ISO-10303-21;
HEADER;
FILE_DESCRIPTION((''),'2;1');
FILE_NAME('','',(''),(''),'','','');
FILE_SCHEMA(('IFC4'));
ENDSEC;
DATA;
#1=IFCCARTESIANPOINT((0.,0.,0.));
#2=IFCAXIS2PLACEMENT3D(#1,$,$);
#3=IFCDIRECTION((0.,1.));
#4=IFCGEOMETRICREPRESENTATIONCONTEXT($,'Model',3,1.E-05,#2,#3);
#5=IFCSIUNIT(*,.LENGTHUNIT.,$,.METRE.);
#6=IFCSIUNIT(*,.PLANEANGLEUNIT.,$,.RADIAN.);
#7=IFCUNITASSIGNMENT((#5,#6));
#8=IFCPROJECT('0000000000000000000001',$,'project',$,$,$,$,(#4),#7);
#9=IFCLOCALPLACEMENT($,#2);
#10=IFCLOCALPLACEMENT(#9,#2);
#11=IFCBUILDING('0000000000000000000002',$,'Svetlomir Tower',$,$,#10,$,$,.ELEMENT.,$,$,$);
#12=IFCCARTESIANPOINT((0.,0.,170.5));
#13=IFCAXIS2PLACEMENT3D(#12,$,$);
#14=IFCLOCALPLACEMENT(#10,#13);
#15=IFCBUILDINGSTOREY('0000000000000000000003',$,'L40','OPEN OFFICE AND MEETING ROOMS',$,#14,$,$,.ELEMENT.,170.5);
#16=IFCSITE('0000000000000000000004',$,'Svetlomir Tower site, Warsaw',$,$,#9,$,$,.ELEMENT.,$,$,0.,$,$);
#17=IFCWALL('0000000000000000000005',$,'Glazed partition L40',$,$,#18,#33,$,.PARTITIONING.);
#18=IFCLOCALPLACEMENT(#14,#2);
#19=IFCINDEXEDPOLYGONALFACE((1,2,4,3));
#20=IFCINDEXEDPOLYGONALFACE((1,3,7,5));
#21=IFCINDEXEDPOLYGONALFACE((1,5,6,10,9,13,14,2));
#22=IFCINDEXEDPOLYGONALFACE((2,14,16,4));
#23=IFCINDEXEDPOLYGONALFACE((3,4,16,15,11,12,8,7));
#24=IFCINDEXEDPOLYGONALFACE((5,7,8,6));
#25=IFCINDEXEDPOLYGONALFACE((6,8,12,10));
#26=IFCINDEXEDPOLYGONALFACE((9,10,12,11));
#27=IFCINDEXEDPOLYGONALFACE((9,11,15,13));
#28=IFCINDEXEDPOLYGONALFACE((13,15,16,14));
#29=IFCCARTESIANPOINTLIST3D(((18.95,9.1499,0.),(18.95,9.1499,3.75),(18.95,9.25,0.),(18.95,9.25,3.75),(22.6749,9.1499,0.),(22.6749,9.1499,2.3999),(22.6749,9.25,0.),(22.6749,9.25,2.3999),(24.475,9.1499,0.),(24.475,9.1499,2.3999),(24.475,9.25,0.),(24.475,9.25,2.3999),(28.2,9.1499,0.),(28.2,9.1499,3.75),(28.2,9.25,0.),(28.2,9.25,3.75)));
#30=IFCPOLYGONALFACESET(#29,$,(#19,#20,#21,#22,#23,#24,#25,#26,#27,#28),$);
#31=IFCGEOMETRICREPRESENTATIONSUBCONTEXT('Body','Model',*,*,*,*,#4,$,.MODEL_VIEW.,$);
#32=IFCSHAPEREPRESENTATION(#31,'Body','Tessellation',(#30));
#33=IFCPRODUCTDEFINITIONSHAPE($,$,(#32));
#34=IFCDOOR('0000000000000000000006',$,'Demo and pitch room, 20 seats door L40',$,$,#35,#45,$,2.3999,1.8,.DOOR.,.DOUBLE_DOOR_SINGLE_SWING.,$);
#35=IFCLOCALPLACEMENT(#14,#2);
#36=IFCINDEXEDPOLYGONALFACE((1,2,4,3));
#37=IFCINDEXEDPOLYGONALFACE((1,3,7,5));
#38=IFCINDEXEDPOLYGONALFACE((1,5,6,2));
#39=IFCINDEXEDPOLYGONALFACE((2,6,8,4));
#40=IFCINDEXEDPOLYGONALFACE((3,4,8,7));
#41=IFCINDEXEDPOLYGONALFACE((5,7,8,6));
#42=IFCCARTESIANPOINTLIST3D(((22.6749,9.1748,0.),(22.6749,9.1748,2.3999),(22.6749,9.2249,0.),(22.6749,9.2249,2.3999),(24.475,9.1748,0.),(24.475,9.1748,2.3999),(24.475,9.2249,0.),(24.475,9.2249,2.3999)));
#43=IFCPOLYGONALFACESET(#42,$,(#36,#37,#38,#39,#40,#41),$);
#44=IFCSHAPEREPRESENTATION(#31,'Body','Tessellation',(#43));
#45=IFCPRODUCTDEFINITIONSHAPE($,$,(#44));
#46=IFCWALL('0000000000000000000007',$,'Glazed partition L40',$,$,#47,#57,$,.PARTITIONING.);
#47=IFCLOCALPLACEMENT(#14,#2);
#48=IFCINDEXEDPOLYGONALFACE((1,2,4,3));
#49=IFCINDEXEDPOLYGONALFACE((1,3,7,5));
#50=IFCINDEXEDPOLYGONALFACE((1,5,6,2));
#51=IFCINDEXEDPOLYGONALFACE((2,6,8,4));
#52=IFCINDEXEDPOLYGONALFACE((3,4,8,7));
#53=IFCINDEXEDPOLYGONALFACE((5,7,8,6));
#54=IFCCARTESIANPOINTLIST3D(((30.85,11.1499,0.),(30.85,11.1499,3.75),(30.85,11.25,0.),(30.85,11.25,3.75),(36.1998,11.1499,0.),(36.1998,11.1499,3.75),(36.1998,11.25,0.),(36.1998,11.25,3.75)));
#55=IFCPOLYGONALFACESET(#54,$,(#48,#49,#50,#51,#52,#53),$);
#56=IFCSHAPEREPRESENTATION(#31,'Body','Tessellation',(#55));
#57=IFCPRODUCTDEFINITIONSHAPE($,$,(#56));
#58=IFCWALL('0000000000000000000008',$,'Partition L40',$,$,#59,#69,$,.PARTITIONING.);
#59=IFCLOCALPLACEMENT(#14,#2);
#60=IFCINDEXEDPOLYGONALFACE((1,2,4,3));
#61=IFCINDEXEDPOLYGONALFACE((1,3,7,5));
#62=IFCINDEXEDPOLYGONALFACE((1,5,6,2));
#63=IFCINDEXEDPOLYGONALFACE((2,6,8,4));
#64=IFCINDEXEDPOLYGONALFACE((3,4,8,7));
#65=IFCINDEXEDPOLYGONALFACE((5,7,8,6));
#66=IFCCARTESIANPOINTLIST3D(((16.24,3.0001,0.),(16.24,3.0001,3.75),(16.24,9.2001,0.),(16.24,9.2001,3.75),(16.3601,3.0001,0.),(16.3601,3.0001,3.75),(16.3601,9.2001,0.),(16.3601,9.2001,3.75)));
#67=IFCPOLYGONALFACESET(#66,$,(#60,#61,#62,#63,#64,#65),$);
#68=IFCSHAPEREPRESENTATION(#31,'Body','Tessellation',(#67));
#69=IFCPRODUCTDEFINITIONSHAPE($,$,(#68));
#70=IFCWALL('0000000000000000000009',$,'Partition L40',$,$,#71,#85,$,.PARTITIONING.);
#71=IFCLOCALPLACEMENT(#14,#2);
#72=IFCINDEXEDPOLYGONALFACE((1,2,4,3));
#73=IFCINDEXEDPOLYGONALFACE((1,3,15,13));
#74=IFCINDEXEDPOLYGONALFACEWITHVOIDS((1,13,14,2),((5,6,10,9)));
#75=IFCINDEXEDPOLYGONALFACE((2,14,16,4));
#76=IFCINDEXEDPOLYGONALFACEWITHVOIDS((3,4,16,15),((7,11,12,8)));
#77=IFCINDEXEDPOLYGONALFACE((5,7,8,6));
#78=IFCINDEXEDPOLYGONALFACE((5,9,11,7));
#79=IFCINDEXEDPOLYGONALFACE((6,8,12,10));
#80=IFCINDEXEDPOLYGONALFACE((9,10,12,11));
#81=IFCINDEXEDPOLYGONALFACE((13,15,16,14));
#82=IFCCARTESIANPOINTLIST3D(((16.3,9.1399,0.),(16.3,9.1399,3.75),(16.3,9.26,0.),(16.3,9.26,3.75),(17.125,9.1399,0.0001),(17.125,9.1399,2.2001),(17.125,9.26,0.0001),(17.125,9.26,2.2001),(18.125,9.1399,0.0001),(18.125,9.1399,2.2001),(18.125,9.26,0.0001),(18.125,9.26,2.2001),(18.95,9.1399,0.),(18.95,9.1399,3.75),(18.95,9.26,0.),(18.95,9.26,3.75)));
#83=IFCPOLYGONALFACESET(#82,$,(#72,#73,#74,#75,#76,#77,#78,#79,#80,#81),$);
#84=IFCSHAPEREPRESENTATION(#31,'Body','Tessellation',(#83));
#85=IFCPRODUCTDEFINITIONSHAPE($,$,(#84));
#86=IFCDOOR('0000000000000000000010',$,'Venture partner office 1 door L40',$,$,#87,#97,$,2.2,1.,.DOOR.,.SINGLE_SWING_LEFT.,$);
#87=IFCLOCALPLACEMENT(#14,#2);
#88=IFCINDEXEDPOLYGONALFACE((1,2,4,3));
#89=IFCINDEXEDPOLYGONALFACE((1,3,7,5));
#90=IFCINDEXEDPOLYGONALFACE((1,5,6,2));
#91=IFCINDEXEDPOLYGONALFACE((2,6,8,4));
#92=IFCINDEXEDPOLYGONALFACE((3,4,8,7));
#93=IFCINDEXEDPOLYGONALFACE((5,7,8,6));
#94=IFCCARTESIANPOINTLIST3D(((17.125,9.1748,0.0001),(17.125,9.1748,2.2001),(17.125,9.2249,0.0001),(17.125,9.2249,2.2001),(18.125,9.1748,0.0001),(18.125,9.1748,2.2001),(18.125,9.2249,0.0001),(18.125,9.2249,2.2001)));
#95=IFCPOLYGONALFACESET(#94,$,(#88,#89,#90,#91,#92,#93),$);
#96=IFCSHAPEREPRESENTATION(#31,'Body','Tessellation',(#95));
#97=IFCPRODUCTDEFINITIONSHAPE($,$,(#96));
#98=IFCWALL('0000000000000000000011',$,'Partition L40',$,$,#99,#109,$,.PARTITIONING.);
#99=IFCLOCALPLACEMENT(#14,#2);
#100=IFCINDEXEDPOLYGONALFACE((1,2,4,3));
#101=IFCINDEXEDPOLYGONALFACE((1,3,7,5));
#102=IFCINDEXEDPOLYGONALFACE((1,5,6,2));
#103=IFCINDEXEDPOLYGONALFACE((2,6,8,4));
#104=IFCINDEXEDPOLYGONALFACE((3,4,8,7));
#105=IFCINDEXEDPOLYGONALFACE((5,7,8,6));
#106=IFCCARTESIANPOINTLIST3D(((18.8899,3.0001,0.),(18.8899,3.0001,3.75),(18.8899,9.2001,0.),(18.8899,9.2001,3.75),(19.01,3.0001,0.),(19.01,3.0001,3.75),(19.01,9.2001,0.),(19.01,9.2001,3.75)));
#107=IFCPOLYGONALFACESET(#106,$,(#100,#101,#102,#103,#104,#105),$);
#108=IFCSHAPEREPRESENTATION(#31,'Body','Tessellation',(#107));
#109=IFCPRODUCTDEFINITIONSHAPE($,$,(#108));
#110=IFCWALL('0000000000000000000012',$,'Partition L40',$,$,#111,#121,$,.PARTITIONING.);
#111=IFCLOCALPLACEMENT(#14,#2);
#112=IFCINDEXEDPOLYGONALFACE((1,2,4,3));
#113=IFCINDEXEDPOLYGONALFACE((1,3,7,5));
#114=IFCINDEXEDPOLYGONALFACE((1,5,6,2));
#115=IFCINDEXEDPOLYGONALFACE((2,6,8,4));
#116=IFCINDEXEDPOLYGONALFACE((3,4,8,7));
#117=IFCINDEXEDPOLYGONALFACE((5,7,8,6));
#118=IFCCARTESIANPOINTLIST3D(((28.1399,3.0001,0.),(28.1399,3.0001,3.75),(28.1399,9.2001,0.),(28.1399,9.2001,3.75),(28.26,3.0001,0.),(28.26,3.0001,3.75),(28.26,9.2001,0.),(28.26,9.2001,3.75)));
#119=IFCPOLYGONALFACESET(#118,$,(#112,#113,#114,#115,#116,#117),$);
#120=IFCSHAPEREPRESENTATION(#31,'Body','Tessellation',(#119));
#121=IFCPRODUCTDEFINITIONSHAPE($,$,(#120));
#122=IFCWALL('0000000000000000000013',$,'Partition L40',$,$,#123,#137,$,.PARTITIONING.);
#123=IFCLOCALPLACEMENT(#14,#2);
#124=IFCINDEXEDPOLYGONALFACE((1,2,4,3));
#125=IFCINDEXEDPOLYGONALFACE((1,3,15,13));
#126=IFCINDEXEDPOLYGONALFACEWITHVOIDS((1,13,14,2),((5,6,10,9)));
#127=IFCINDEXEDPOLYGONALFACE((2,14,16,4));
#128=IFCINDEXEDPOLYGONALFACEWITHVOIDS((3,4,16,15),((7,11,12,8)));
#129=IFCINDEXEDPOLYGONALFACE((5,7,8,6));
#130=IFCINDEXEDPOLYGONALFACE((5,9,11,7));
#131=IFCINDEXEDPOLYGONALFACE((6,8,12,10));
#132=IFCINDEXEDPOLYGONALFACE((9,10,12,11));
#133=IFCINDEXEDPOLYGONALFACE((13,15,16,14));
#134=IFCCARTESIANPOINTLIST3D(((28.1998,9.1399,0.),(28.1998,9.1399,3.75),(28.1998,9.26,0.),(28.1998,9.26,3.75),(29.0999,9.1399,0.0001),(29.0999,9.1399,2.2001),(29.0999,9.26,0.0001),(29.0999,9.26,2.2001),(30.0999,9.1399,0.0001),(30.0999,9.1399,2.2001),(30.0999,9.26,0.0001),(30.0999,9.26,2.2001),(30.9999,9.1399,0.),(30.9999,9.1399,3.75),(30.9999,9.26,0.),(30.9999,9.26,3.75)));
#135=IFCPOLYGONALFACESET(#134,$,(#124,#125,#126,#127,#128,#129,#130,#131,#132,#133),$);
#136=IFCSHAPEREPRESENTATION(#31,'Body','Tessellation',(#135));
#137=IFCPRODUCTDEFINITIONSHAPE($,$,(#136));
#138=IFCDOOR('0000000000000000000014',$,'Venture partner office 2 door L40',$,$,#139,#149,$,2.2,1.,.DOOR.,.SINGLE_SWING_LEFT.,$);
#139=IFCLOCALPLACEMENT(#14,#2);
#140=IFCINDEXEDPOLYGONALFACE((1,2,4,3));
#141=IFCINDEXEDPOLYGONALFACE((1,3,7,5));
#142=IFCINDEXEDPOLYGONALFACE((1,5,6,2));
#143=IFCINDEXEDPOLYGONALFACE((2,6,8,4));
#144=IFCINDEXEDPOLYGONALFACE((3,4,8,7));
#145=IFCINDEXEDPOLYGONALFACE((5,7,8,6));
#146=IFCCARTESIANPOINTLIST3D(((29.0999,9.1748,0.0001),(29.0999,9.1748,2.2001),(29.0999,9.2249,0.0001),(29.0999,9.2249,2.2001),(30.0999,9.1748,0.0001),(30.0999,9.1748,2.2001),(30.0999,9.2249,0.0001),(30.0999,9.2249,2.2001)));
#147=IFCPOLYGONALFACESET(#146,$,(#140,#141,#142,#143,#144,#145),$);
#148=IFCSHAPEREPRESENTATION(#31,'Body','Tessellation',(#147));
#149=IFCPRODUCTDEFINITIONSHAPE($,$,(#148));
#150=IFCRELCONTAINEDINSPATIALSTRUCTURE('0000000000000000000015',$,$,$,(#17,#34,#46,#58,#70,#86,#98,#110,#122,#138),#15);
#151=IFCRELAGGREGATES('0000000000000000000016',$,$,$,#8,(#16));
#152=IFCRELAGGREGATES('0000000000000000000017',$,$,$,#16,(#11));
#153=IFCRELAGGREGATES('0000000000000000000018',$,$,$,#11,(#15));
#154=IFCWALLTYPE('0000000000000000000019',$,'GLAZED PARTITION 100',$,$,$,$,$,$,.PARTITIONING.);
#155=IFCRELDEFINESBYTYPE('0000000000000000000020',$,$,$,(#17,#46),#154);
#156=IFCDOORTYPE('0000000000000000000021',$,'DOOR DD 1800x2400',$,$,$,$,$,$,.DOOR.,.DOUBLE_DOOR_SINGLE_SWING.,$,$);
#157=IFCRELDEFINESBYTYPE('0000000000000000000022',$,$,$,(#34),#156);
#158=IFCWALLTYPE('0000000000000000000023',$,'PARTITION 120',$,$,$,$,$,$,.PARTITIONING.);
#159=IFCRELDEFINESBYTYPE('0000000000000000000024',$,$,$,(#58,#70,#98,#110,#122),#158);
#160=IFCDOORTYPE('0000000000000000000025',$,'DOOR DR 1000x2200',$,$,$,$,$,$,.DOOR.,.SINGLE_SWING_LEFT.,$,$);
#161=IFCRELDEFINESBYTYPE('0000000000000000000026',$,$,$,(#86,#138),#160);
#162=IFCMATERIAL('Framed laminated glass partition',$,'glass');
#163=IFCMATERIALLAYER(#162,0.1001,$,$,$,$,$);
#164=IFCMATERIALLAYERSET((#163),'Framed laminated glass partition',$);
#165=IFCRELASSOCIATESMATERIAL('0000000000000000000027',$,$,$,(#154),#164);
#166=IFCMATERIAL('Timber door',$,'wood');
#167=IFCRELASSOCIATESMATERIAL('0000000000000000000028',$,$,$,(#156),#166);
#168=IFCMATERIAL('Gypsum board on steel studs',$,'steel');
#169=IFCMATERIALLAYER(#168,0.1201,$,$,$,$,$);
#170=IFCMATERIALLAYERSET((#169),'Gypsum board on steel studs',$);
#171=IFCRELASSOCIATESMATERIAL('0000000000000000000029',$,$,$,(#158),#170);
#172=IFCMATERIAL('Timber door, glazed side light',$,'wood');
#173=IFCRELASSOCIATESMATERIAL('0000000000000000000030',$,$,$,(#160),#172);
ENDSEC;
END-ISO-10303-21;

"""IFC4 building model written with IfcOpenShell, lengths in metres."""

from ifc_helpers import new_model, si_unit, direction, frame, frame_2d, origin, place, context, subcontext, project, spatial, rectangle, extrude, material, layer, layer_set, type_object, element, fill, save


model = new_model("IFC4")

# Units and contexts
model_context = context("Model", 3, precision=1e-05, world=origin(), true_north=direction((0.0, 1.0)))
body_context = subcontext(model_context, "Body", "Model", "MODEL_VIEW")
ifc_project = project(units=[si_unit("LENGTHUNIT", "METRE"), si_unit("PLANEANGLEUNIT", "RADIAN")], contexts=[model_context])

# Site, building, storey
site_placement = place(None, origin())
site = spatial("IfcSite", under=ifc_project, at=site_placement, Name="Svetlomir Tower site, Warsaw", CompositionType="ELEMENT", RefElevation=0.0)
building_placement = place(site_placement, origin())
building = spatial("IfcBuilding", under=site, at=building_placement, Name="Svetlomir Tower", CompositionType="ELEMENT")
storey_placement = place(building_placement, frame((0.0, 0.0, 170.5)))
storey = spatial("IfcBuildingStorey", under=building, at=storey_placement, Name="L40", Description="OPEN OFFICE AND MEETING ROOMS", CompositionType="ELEMENT", Elevation=170.5)

# Wall, opening, door
ifc_material_1 = material(Name="Framed laminated glass partition", Category="glass")
ifc_layer_1 = layer(ifc_material_1, 0.1001)
ifc_layer_set_1 = layer_set([ifc_layer_1], Name="Framed laminated glass partition")
wall_type_1 = type_object("IfcWallType", Name="GLAZED PARTITION 100", PredefinedType="PARTITIONING", material=ifc_layer_set_1)
wall_1_placement = place(storey_placement, frame((18.95, 9.2, 0.0), z_axis=(0.0, 0.0, 1.0), x_axis=(1.0, 0.0, 0.0)))
wall_1 = element("IfcWall", 1, at=wall_1_placement, inside=storey, type_object=wall_type_1, Name="Glazed partition L40", PredefinedType="PARTITIONING", context=body_context, shape_type="SweptSolid", body=[
    extrude(rectangle(XDim=9.25, YDim=0.1001, at=frame_2d((4.625, 0.0))), origin(), (0.0, 0.0, 1.0), 3.75),
])
opening_1_placement = place(wall_1_placement, frame((3.7251, 0.0, 0.0)))
opening_1 = element("IfcOpeningElement", 2, at=opening_1_placement, cuts=wall_1, PredefinedType="OPENING", context=body_context, shape_type="SweptSolid", body=[
    extrude(rectangle(XDim=1.8, YDim=2.3999, at=frame_2d((0.8999, 1.2))), frame((0.0, 0.0601, 0.0), z_axis=(0.0, -1.0, 0.0), x_axis=(1.0, 0.0, 0.0)), (0.0, 0.0, 1.0), 0.1201),
])
ifc_material_2 = material(Name="Timber door", Category="wood")
door_type_1 = type_object("IfcDoorType", Name="DOOR DD 1800x2400", OperationType="DOUBLE_DOOR_SINGLE_SWING", PredefinedType="DOOR", material=ifc_material_2)
door_1_placement = place(opening_1_placement, origin())
door_1 = element("IfcDoor", 3, at=door_1_placement, inside=storey, type_object=door_type_1, Name="Demo and pitch room, 20 seats door L40", OperationType="DOUBLE_DOOR_SINGLE_SWING", OverallHeight=2.3999, OverallWidth=1.8, PredefinedType="DOOR", context=body_context, shape_type="SweptSolid", body=[
    extrude(rectangle(XDim=1.8, YDim=2.3999, at=frame_2d((0.8999, 1.2))), frame((0.0, 0.0249, 0.0), z_axis=(0.0, -1.0, 0.0), x_axis=(1.0, 0.0, 0.0)), (0.0, 0.0, 1.0), 0.05),
])
fill(opening_1, door_1)

# Walls
wall_2_placement = place(storey_placement, frame((30.8501, 11.2, 0.0), z_axis=(0.0, 0.0, 1.0), x_axis=(1.0, 0.0, 0.0)))
element("IfcWall", 4, at=wall_2_placement, inside=storey, type_object=wall_type_1, Name="Glazed partition L40", PredefinedType="PARTITIONING", context=body_context, shape_type="SweptSolid", body=[
    extrude(rectangle(XDim=5.3499, YDim=0.1001, at=frame_2d((2.6748, 0.0))), origin(), (0.0, 0.0, 1.0), 3.75),
])
ifc_material_3 = material(Name="Gypsum board on steel studs", Category="steel")
ifc_layer_2 = layer(ifc_material_3, 0.1201)
ifc_layer_set_2 = layer_set([ifc_layer_2], Name="Gypsum board on steel studs")
wall_type_2 = type_object("IfcWallType", Name="PARTITION 120", PredefinedType="PARTITIONING", material=ifc_layer_set_2)
wall_3_placement = place(storey_placement, frame((16.3, 3.0, 0.0), z_axis=(0.0, 0.0, 1.0), x_axis=(0.0, 1.0, 0.0)))
element("IfcWall", 5, at=wall_3_placement, inside=storey, type_object=wall_type_2, Name="Partition L40", PredefinedType="PARTITIONING", context=body_context, shape_type="SweptSolid", body=[
    extrude(rectangle(XDim=6.2, YDim=0.1201, at=frame_2d((3.1001, 0.0))), origin(), (0.0, 0.0, 1.0), 3.75),
])

# Wall, opening, door
wall_4_placement = place(storey_placement, frame((16.3, 9.2, 0.0), z_axis=(0.0, 0.0, 1.0), x_axis=(1.0, 0.0, 0.0)))
wall_4 = element("IfcWall", 6, at=wall_4_placement, inside=storey, type_object=wall_type_2, Name="Partition L40", PredefinedType="PARTITIONING", context=body_context, shape_type="SweptSolid", body=[
    extrude(rectangle(XDim=2.6499, YDim=0.1201, at=frame_2d((1.325, 0.0))), origin(), (0.0, 0.0, 1.0), 3.75),
])
opening_2_placement = place(wall_4_placement, frame((0.825, 0.0, 0.0)))
opening_2 = element("IfcOpeningElement", 7, at=opening_2_placement, cuts=wall_4, PredefinedType="OPENING", context=body_context, shape_type="SweptSolid", body=[
    extrude(rectangle(XDim=1.0, YDim=2.2, at=frame_2d((0.5, 1.1001))), frame((0.0, 0.0701, 0.0), z_axis=(0.0, -1.0, 0.0), x_axis=(1.0, 0.0, 0.0)), (0.0, 0.0, 1.0), 0.1401),
])
ifc_material_4 = material(Name="Timber door, glazed side light", Category="wood")
door_type_2 = type_object("IfcDoorType", Name="DOOR DR 1000x2200", OperationType="SINGLE_SWING_LEFT", PredefinedType="DOOR", material=ifc_material_4)
door_2_placement = place(opening_2_placement, origin())
door_2 = element("IfcDoor", 8, at=door_2_placement, inside=storey, type_object=door_type_2, Name="Venture partner office 1 door L40", OperationType="SINGLE_SWING_LEFT", OverallHeight=2.2, OverallWidth=1.0, PredefinedType="DOOR", context=body_context, shape_type="SweptSolid", body=[
    extrude(rectangle(XDim=1.0, YDim=2.2, at=frame_2d((0.5, 1.1001))), frame((0.0, 0.0249, 0.0), z_axis=(0.0, -1.0, 0.0), x_axis=(1.0, 0.0, 0.0)), (0.0, 0.0, 1.0), 0.05),
])
fill(opening_2, door_2)

# Walls
for number, where, z_axis, x_axis, name in (
    (9, (18.95, 3.0, 0.0), (0.0, 0.0, 1.0), (0.0, 1.0, 0.0), "Partition L40"),
    (10, (28.2, 3.0, 0.0), (0.0, 0.0, 1.0), (0.0, 1.0, 0.0), "Partition L40"),
):
    element("IfcWall", number, at=place(storey_placement, frame(where, z_axis=z_axis, x_axis=x_axis)), inside=storey, type_object=wall_type_2, Name=name, PredefinedType="PARTITIONING", context=body_context, shape_type="SweptSolid", body=[
        extrude(rectangle(XDim=6.2, YDim=0.1201, at=frame_2d((3.1001, 0.0))), origin(), (0.0, 0.0, 1.0), 3.75),
    ])

# Wall, opening, door
wall_5_placement = place(storey_placement, frame((28.2, 9.2, 0.0), z_axis=(0.0, 0.0, 1.0), x_axis=(1.0, 0.0, 0.0)))
wall_5 = element("IfcWall", 11, at=wall_5_placement, inside=storey, type_object=wall_type_2, Name="Partition L40", PredefinedType="PARTITIONING", context=body_context, shape_type="SweptSolid", body=[
    extrude(rectangle(XDim=2.8, YDim=0.1201, at=frame_2d((1.3999, 0.0))), origin(), (0.0, 0.0, 1.0), 3.75),
])
opening_3_placement = place(wall_5_placement, frame((0.8999, 0.0, 0.0)))
opening_3 = element("IfcOpeningElement", 12, at=opening_3_placement, cuts=wall_5, PredefinedType="OPENING", context=body_context, shape_type="SweptSolid", body=[
    extrude(rectangle(XDim=1.0, YDim=2.2, at=frame_2d((0.5, 1.1001))), frame((0.0, 0.0701, 0.0), z_axis=(0.0, -1.0, 0.0), x_axis=(1.0, 0.0, 0.0)), (0.0, 0.0, 1.0), 0.1401),
])
door_3_placement = place(opening_3_placement, origin())
door_3 = element("IfcDoor", 13, at=door_3_placement, inside=storey, type_object=door_type_2, Name="Venture partner office 2 door L40", OperationType="SINGLE_SWING_LEFT", OverallHeight=2.2, OverallWidth=1.0, PredefinedType="DOOR", context=body_context, shape_type="SweptSolid", body=[
    extrude(rectangle(XDim=1.0, YDim=2.2, at=frame_2d((0.5, 1.1001))), frame((0.0, 0.0249, 0.0), z_axis=(0.0, -1.0, 0.0), x_axis=(1.0, 0.0, 0.0)), (0.0, 0.0, 1.0), 0.05),
])
fill(opening_3, door_3)

save(model, "model.ifc")
